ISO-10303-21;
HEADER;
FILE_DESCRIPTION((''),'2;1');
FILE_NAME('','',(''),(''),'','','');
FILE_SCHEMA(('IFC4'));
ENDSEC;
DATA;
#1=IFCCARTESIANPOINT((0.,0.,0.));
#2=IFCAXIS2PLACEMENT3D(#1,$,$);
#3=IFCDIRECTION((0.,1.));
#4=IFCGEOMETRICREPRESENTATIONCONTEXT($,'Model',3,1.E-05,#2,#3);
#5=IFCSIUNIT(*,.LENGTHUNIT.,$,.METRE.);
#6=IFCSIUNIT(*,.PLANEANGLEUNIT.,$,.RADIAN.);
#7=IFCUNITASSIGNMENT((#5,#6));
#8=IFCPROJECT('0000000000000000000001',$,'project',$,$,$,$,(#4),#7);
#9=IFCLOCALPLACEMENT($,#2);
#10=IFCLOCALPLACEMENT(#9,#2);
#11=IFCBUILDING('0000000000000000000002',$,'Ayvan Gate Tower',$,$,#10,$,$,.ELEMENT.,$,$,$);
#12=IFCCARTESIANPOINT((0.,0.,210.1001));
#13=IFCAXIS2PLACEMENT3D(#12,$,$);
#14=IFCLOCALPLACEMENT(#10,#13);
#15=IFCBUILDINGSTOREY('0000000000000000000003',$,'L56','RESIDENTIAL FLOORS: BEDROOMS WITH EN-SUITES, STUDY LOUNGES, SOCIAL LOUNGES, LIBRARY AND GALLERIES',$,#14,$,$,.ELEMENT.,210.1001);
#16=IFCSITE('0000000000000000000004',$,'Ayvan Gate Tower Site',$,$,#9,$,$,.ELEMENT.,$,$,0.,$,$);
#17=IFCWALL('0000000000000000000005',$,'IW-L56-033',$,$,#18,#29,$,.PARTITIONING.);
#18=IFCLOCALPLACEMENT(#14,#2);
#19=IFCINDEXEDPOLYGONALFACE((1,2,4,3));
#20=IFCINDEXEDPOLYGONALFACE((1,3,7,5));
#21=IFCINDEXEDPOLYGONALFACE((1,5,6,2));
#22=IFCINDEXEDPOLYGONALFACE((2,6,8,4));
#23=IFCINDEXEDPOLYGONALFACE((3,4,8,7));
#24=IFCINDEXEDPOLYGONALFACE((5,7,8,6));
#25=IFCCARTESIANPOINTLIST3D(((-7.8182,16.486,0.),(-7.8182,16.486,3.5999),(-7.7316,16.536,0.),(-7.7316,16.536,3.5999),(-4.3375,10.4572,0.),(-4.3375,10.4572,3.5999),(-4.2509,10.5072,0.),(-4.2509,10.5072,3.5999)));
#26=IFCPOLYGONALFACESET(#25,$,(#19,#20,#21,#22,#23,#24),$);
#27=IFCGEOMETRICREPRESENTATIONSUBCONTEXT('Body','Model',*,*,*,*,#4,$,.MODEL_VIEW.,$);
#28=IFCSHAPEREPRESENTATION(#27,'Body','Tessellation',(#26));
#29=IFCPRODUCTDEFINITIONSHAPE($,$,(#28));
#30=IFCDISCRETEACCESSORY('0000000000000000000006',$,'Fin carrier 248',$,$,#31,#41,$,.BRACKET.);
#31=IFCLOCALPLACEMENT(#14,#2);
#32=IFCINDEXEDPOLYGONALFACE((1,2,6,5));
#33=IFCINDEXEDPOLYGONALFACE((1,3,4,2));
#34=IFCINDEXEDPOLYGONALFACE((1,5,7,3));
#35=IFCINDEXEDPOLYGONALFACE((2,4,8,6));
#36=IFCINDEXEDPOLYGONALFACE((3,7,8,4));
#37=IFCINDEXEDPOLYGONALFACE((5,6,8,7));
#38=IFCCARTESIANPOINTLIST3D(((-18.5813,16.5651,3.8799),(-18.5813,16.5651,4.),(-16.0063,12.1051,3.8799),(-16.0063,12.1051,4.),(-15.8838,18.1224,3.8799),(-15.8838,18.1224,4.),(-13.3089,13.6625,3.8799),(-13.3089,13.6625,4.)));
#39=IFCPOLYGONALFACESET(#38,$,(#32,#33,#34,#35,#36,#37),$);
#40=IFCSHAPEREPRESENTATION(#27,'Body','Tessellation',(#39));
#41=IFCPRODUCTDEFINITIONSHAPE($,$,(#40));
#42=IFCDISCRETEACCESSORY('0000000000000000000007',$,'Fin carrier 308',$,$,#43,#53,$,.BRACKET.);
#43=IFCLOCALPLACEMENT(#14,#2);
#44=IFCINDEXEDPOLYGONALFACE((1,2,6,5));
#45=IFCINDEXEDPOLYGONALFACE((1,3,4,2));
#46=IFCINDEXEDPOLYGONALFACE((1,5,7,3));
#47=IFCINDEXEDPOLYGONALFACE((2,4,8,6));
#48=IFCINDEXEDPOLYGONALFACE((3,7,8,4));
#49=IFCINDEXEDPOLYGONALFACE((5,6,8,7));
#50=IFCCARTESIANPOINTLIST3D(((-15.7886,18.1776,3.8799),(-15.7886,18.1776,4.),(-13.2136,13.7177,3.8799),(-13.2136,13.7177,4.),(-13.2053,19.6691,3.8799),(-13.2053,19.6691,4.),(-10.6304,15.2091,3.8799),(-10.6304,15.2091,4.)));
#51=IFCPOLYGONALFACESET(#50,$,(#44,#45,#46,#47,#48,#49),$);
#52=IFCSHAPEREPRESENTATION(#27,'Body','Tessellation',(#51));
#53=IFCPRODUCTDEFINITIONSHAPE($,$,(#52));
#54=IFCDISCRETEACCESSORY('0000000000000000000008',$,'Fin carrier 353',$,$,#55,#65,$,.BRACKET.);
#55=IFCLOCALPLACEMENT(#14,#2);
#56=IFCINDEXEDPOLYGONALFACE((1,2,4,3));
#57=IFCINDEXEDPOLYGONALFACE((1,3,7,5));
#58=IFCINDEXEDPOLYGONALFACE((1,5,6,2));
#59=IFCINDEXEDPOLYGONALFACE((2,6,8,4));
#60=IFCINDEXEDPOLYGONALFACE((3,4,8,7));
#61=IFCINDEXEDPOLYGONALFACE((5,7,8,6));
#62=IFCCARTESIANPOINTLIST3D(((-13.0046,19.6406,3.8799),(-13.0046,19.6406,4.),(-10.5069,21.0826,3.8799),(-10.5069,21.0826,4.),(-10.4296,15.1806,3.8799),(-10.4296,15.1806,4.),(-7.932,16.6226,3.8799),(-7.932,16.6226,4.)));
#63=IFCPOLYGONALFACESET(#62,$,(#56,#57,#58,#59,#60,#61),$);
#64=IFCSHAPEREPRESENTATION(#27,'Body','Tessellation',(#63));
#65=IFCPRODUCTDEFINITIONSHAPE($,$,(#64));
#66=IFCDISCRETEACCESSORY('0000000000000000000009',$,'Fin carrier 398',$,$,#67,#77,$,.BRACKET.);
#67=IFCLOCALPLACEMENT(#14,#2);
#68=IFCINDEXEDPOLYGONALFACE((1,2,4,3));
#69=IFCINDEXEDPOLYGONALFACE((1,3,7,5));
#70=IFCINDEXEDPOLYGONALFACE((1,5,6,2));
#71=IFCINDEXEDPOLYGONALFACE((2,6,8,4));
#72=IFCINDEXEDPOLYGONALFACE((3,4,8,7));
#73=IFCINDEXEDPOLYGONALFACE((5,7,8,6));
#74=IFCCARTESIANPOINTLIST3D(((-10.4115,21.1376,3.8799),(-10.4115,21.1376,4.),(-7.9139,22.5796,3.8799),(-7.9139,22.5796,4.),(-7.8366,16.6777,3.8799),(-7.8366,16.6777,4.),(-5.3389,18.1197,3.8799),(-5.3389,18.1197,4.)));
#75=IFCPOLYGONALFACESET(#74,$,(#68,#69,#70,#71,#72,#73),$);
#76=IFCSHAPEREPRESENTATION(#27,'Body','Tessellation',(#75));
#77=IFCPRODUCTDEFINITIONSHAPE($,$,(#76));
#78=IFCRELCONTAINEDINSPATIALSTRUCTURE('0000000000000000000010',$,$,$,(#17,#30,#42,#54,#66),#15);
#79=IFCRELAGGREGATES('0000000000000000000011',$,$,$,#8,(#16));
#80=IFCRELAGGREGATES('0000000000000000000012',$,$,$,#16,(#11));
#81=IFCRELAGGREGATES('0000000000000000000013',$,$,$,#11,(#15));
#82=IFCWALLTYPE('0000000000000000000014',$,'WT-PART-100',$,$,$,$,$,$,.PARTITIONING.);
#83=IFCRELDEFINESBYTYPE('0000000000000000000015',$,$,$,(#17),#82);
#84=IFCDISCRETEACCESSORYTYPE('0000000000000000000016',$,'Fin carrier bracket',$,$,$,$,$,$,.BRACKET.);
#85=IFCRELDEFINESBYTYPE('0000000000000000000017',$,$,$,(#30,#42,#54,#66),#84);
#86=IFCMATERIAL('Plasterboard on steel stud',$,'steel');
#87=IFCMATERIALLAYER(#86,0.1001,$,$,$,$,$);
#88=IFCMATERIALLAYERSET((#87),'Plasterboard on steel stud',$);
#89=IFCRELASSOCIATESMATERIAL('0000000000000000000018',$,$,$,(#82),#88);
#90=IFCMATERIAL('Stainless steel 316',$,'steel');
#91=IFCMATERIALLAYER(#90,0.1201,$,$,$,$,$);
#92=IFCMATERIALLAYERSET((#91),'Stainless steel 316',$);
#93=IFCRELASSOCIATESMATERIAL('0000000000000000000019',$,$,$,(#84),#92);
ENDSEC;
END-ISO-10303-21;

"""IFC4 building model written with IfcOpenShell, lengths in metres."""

from ifc_helpers import new_model, si_unit, direction, frame, frame_2d, origin, origin_2d, place, context, subcontext, project, spatial, rectangle, extrude, material, layer, layer_set, type_object, element, save


model = new_model("IFC4")

# Units and contexts
model_context = context("Model", 3, precision=1e-05, world=origin(), true_north=direction((0.0, 1.0)))
body_context = subcontext(model_context, "Body", "Model", "MODEL_VIEW")
ifc_project = project(units=[si_unit("LENGTHUNIT", "METRE"), si_unit("PLANEANGLEUNIT", "RADIAN")], contexts=[model_context])

# Site, building, storey
site_placement = place(None, origin())
site = spatial("IfcSite", under=ifc_project, at=site_placement, Name="Ayvan Gate Tower Site", CompositionType="ELEMENT", RefElevation=0.0)
building_placement = place(site_placement, origin())
building = spatial("IfcBuilding", under=site, at=building_placement, Name="Ayvan Gate Tower", CompositionType="ELEMENT")
storey_placement = place(building_placement, frame((0.0, 0.0, 210.1001)))
storey = spatial("IfcBuildingStorey", under=building, at=storey_placement, Name="L56", Description="RESIDENTIAL FLOORS: BEDROOMS WITH EN-SUITES, STUDY LOUNGES, SOCIAL LOUNGES, LIBRARY AND GALLERIES", CompositionType="ELEMENT", Elevation=210.1001)

# Wall
ifc_material_1 = material(Name="Plasterboard on steel stud", Category="steel")
ifc_layer_1 = layer(ifc_material_1, 0.1001)
ifc_layer_set_1 = layer_set([ifc_layer_1], Name="Plasterboard on steel stud")
wall_type = type_object("IfcWallType", Name="WT-PART-100", PredefinedType="PARTITIONING", material=ifc_layer_set_1)
wall_placement = place(storey_placement, frame((-7.7749, 16.511, 0.0), z_axis=(0.0, 0.0, 1.0), x_axis=(0.499998, -0.866027, 0.0)))
element("IfcWall", 1, at=wall_placement, inside=storey, type_object=wall_type, Name="IW-L56-033", PredefinedType="PARTITIONING", context=body_context, shape_type="SweptSolid", body=[
    extrude(rectangle(XDim=6.9614, YDim=0.1001, at=frame_2d((3.4807, 0.0))), origin(), (0.0, 0.0, 1.0), 3.5999),
])

# Discrete accessories
ifc_material_2 = material(Name="Stainless steel 316", Category="steel")
ifc_layer_2 = layer(ifc_material_2, 0.1201)
ifc_layer_set_2 = layer_set([ifc_layer_2], Name="Stainless steel 316")
discrete_accessory_type = type_object("IfcDiscreteAccessoryType", Name="Fin carrier bracket", PredefinedType="BRACKET", material=ifc_layer_set_2)
discrete_accessory_1_placement = place(storey_placement, frame((-15.9451, 15.1138, 3.8799), z_axis=(0.0, 0.0, 1.0), x_axis=(-0.866025, -0.5, 0.0)))
element("IfcDiscreteAccessory", 2, at=discrete_accessory_1_placement, inside=storey, type_object=discrete_accessory_type, Name="Fin carrier 248", PredefinedType="BRACKET", context=body_context, shape_type="SweptSolid", body=[
    extrude(rectangle(XDim=3.1147, YDim=5.1499, at=origin_2d()), origin(), (0.0, 0.0, 1.0), 0.1201),
])
discrete_accessory_2_placement = place(storey_placement, frame((-13.2095, 16.6934, 3.8799), z_axis=(0.0, 0.0, 1.0), x_axis=(-0.866025, -0.5, 0.0)))
element("IfcDiscreteAccessory", 3, at=discrete_accessory_2_placement, inside=storey, type_object=discrete_accessory_type, Name="Fin carrier 308", PredefinedType="BRACKET", context=body_context, shape_type="SweptSolid", body=[
    extrude(rectangle(XDim=2.9829, YDim=5.1499, at=origin_2d()), origin(), (0.0, 0.0, 1.0), 0.1201),
])
for number, where, z_axis, x_axis, name in (
    (4, (-10.4683, 18.1316, 3.8799), (0.0, 0.0, 1.0), (-0.866025, -0.5, 0.0), "Fin carrier 353"),
    (5, (-7.8752, 19.6287, 3.8799), (0.0, 0.0, 1.0), (-0.866025, -0.5, 0.0), "Fin carrier 398"),
):
    element("IfcDiscreteAccessory", number, at=place(storey_placement, frame(where, z_axis=z_axis, x_axis=x_axis)), inside=storey, type_object=discrete_accessory_type, Name=name, PredefinedType="BRACKET", context=body_context, shape_type="SweptSolid", body=[
        extrude(rectangle(XDim=2.884, YDim=5.1499, at=origin_2d()), origin(), (0.0, 0.0, 1.0), 0.1201),
    ])

save(model, "model.ifc")
